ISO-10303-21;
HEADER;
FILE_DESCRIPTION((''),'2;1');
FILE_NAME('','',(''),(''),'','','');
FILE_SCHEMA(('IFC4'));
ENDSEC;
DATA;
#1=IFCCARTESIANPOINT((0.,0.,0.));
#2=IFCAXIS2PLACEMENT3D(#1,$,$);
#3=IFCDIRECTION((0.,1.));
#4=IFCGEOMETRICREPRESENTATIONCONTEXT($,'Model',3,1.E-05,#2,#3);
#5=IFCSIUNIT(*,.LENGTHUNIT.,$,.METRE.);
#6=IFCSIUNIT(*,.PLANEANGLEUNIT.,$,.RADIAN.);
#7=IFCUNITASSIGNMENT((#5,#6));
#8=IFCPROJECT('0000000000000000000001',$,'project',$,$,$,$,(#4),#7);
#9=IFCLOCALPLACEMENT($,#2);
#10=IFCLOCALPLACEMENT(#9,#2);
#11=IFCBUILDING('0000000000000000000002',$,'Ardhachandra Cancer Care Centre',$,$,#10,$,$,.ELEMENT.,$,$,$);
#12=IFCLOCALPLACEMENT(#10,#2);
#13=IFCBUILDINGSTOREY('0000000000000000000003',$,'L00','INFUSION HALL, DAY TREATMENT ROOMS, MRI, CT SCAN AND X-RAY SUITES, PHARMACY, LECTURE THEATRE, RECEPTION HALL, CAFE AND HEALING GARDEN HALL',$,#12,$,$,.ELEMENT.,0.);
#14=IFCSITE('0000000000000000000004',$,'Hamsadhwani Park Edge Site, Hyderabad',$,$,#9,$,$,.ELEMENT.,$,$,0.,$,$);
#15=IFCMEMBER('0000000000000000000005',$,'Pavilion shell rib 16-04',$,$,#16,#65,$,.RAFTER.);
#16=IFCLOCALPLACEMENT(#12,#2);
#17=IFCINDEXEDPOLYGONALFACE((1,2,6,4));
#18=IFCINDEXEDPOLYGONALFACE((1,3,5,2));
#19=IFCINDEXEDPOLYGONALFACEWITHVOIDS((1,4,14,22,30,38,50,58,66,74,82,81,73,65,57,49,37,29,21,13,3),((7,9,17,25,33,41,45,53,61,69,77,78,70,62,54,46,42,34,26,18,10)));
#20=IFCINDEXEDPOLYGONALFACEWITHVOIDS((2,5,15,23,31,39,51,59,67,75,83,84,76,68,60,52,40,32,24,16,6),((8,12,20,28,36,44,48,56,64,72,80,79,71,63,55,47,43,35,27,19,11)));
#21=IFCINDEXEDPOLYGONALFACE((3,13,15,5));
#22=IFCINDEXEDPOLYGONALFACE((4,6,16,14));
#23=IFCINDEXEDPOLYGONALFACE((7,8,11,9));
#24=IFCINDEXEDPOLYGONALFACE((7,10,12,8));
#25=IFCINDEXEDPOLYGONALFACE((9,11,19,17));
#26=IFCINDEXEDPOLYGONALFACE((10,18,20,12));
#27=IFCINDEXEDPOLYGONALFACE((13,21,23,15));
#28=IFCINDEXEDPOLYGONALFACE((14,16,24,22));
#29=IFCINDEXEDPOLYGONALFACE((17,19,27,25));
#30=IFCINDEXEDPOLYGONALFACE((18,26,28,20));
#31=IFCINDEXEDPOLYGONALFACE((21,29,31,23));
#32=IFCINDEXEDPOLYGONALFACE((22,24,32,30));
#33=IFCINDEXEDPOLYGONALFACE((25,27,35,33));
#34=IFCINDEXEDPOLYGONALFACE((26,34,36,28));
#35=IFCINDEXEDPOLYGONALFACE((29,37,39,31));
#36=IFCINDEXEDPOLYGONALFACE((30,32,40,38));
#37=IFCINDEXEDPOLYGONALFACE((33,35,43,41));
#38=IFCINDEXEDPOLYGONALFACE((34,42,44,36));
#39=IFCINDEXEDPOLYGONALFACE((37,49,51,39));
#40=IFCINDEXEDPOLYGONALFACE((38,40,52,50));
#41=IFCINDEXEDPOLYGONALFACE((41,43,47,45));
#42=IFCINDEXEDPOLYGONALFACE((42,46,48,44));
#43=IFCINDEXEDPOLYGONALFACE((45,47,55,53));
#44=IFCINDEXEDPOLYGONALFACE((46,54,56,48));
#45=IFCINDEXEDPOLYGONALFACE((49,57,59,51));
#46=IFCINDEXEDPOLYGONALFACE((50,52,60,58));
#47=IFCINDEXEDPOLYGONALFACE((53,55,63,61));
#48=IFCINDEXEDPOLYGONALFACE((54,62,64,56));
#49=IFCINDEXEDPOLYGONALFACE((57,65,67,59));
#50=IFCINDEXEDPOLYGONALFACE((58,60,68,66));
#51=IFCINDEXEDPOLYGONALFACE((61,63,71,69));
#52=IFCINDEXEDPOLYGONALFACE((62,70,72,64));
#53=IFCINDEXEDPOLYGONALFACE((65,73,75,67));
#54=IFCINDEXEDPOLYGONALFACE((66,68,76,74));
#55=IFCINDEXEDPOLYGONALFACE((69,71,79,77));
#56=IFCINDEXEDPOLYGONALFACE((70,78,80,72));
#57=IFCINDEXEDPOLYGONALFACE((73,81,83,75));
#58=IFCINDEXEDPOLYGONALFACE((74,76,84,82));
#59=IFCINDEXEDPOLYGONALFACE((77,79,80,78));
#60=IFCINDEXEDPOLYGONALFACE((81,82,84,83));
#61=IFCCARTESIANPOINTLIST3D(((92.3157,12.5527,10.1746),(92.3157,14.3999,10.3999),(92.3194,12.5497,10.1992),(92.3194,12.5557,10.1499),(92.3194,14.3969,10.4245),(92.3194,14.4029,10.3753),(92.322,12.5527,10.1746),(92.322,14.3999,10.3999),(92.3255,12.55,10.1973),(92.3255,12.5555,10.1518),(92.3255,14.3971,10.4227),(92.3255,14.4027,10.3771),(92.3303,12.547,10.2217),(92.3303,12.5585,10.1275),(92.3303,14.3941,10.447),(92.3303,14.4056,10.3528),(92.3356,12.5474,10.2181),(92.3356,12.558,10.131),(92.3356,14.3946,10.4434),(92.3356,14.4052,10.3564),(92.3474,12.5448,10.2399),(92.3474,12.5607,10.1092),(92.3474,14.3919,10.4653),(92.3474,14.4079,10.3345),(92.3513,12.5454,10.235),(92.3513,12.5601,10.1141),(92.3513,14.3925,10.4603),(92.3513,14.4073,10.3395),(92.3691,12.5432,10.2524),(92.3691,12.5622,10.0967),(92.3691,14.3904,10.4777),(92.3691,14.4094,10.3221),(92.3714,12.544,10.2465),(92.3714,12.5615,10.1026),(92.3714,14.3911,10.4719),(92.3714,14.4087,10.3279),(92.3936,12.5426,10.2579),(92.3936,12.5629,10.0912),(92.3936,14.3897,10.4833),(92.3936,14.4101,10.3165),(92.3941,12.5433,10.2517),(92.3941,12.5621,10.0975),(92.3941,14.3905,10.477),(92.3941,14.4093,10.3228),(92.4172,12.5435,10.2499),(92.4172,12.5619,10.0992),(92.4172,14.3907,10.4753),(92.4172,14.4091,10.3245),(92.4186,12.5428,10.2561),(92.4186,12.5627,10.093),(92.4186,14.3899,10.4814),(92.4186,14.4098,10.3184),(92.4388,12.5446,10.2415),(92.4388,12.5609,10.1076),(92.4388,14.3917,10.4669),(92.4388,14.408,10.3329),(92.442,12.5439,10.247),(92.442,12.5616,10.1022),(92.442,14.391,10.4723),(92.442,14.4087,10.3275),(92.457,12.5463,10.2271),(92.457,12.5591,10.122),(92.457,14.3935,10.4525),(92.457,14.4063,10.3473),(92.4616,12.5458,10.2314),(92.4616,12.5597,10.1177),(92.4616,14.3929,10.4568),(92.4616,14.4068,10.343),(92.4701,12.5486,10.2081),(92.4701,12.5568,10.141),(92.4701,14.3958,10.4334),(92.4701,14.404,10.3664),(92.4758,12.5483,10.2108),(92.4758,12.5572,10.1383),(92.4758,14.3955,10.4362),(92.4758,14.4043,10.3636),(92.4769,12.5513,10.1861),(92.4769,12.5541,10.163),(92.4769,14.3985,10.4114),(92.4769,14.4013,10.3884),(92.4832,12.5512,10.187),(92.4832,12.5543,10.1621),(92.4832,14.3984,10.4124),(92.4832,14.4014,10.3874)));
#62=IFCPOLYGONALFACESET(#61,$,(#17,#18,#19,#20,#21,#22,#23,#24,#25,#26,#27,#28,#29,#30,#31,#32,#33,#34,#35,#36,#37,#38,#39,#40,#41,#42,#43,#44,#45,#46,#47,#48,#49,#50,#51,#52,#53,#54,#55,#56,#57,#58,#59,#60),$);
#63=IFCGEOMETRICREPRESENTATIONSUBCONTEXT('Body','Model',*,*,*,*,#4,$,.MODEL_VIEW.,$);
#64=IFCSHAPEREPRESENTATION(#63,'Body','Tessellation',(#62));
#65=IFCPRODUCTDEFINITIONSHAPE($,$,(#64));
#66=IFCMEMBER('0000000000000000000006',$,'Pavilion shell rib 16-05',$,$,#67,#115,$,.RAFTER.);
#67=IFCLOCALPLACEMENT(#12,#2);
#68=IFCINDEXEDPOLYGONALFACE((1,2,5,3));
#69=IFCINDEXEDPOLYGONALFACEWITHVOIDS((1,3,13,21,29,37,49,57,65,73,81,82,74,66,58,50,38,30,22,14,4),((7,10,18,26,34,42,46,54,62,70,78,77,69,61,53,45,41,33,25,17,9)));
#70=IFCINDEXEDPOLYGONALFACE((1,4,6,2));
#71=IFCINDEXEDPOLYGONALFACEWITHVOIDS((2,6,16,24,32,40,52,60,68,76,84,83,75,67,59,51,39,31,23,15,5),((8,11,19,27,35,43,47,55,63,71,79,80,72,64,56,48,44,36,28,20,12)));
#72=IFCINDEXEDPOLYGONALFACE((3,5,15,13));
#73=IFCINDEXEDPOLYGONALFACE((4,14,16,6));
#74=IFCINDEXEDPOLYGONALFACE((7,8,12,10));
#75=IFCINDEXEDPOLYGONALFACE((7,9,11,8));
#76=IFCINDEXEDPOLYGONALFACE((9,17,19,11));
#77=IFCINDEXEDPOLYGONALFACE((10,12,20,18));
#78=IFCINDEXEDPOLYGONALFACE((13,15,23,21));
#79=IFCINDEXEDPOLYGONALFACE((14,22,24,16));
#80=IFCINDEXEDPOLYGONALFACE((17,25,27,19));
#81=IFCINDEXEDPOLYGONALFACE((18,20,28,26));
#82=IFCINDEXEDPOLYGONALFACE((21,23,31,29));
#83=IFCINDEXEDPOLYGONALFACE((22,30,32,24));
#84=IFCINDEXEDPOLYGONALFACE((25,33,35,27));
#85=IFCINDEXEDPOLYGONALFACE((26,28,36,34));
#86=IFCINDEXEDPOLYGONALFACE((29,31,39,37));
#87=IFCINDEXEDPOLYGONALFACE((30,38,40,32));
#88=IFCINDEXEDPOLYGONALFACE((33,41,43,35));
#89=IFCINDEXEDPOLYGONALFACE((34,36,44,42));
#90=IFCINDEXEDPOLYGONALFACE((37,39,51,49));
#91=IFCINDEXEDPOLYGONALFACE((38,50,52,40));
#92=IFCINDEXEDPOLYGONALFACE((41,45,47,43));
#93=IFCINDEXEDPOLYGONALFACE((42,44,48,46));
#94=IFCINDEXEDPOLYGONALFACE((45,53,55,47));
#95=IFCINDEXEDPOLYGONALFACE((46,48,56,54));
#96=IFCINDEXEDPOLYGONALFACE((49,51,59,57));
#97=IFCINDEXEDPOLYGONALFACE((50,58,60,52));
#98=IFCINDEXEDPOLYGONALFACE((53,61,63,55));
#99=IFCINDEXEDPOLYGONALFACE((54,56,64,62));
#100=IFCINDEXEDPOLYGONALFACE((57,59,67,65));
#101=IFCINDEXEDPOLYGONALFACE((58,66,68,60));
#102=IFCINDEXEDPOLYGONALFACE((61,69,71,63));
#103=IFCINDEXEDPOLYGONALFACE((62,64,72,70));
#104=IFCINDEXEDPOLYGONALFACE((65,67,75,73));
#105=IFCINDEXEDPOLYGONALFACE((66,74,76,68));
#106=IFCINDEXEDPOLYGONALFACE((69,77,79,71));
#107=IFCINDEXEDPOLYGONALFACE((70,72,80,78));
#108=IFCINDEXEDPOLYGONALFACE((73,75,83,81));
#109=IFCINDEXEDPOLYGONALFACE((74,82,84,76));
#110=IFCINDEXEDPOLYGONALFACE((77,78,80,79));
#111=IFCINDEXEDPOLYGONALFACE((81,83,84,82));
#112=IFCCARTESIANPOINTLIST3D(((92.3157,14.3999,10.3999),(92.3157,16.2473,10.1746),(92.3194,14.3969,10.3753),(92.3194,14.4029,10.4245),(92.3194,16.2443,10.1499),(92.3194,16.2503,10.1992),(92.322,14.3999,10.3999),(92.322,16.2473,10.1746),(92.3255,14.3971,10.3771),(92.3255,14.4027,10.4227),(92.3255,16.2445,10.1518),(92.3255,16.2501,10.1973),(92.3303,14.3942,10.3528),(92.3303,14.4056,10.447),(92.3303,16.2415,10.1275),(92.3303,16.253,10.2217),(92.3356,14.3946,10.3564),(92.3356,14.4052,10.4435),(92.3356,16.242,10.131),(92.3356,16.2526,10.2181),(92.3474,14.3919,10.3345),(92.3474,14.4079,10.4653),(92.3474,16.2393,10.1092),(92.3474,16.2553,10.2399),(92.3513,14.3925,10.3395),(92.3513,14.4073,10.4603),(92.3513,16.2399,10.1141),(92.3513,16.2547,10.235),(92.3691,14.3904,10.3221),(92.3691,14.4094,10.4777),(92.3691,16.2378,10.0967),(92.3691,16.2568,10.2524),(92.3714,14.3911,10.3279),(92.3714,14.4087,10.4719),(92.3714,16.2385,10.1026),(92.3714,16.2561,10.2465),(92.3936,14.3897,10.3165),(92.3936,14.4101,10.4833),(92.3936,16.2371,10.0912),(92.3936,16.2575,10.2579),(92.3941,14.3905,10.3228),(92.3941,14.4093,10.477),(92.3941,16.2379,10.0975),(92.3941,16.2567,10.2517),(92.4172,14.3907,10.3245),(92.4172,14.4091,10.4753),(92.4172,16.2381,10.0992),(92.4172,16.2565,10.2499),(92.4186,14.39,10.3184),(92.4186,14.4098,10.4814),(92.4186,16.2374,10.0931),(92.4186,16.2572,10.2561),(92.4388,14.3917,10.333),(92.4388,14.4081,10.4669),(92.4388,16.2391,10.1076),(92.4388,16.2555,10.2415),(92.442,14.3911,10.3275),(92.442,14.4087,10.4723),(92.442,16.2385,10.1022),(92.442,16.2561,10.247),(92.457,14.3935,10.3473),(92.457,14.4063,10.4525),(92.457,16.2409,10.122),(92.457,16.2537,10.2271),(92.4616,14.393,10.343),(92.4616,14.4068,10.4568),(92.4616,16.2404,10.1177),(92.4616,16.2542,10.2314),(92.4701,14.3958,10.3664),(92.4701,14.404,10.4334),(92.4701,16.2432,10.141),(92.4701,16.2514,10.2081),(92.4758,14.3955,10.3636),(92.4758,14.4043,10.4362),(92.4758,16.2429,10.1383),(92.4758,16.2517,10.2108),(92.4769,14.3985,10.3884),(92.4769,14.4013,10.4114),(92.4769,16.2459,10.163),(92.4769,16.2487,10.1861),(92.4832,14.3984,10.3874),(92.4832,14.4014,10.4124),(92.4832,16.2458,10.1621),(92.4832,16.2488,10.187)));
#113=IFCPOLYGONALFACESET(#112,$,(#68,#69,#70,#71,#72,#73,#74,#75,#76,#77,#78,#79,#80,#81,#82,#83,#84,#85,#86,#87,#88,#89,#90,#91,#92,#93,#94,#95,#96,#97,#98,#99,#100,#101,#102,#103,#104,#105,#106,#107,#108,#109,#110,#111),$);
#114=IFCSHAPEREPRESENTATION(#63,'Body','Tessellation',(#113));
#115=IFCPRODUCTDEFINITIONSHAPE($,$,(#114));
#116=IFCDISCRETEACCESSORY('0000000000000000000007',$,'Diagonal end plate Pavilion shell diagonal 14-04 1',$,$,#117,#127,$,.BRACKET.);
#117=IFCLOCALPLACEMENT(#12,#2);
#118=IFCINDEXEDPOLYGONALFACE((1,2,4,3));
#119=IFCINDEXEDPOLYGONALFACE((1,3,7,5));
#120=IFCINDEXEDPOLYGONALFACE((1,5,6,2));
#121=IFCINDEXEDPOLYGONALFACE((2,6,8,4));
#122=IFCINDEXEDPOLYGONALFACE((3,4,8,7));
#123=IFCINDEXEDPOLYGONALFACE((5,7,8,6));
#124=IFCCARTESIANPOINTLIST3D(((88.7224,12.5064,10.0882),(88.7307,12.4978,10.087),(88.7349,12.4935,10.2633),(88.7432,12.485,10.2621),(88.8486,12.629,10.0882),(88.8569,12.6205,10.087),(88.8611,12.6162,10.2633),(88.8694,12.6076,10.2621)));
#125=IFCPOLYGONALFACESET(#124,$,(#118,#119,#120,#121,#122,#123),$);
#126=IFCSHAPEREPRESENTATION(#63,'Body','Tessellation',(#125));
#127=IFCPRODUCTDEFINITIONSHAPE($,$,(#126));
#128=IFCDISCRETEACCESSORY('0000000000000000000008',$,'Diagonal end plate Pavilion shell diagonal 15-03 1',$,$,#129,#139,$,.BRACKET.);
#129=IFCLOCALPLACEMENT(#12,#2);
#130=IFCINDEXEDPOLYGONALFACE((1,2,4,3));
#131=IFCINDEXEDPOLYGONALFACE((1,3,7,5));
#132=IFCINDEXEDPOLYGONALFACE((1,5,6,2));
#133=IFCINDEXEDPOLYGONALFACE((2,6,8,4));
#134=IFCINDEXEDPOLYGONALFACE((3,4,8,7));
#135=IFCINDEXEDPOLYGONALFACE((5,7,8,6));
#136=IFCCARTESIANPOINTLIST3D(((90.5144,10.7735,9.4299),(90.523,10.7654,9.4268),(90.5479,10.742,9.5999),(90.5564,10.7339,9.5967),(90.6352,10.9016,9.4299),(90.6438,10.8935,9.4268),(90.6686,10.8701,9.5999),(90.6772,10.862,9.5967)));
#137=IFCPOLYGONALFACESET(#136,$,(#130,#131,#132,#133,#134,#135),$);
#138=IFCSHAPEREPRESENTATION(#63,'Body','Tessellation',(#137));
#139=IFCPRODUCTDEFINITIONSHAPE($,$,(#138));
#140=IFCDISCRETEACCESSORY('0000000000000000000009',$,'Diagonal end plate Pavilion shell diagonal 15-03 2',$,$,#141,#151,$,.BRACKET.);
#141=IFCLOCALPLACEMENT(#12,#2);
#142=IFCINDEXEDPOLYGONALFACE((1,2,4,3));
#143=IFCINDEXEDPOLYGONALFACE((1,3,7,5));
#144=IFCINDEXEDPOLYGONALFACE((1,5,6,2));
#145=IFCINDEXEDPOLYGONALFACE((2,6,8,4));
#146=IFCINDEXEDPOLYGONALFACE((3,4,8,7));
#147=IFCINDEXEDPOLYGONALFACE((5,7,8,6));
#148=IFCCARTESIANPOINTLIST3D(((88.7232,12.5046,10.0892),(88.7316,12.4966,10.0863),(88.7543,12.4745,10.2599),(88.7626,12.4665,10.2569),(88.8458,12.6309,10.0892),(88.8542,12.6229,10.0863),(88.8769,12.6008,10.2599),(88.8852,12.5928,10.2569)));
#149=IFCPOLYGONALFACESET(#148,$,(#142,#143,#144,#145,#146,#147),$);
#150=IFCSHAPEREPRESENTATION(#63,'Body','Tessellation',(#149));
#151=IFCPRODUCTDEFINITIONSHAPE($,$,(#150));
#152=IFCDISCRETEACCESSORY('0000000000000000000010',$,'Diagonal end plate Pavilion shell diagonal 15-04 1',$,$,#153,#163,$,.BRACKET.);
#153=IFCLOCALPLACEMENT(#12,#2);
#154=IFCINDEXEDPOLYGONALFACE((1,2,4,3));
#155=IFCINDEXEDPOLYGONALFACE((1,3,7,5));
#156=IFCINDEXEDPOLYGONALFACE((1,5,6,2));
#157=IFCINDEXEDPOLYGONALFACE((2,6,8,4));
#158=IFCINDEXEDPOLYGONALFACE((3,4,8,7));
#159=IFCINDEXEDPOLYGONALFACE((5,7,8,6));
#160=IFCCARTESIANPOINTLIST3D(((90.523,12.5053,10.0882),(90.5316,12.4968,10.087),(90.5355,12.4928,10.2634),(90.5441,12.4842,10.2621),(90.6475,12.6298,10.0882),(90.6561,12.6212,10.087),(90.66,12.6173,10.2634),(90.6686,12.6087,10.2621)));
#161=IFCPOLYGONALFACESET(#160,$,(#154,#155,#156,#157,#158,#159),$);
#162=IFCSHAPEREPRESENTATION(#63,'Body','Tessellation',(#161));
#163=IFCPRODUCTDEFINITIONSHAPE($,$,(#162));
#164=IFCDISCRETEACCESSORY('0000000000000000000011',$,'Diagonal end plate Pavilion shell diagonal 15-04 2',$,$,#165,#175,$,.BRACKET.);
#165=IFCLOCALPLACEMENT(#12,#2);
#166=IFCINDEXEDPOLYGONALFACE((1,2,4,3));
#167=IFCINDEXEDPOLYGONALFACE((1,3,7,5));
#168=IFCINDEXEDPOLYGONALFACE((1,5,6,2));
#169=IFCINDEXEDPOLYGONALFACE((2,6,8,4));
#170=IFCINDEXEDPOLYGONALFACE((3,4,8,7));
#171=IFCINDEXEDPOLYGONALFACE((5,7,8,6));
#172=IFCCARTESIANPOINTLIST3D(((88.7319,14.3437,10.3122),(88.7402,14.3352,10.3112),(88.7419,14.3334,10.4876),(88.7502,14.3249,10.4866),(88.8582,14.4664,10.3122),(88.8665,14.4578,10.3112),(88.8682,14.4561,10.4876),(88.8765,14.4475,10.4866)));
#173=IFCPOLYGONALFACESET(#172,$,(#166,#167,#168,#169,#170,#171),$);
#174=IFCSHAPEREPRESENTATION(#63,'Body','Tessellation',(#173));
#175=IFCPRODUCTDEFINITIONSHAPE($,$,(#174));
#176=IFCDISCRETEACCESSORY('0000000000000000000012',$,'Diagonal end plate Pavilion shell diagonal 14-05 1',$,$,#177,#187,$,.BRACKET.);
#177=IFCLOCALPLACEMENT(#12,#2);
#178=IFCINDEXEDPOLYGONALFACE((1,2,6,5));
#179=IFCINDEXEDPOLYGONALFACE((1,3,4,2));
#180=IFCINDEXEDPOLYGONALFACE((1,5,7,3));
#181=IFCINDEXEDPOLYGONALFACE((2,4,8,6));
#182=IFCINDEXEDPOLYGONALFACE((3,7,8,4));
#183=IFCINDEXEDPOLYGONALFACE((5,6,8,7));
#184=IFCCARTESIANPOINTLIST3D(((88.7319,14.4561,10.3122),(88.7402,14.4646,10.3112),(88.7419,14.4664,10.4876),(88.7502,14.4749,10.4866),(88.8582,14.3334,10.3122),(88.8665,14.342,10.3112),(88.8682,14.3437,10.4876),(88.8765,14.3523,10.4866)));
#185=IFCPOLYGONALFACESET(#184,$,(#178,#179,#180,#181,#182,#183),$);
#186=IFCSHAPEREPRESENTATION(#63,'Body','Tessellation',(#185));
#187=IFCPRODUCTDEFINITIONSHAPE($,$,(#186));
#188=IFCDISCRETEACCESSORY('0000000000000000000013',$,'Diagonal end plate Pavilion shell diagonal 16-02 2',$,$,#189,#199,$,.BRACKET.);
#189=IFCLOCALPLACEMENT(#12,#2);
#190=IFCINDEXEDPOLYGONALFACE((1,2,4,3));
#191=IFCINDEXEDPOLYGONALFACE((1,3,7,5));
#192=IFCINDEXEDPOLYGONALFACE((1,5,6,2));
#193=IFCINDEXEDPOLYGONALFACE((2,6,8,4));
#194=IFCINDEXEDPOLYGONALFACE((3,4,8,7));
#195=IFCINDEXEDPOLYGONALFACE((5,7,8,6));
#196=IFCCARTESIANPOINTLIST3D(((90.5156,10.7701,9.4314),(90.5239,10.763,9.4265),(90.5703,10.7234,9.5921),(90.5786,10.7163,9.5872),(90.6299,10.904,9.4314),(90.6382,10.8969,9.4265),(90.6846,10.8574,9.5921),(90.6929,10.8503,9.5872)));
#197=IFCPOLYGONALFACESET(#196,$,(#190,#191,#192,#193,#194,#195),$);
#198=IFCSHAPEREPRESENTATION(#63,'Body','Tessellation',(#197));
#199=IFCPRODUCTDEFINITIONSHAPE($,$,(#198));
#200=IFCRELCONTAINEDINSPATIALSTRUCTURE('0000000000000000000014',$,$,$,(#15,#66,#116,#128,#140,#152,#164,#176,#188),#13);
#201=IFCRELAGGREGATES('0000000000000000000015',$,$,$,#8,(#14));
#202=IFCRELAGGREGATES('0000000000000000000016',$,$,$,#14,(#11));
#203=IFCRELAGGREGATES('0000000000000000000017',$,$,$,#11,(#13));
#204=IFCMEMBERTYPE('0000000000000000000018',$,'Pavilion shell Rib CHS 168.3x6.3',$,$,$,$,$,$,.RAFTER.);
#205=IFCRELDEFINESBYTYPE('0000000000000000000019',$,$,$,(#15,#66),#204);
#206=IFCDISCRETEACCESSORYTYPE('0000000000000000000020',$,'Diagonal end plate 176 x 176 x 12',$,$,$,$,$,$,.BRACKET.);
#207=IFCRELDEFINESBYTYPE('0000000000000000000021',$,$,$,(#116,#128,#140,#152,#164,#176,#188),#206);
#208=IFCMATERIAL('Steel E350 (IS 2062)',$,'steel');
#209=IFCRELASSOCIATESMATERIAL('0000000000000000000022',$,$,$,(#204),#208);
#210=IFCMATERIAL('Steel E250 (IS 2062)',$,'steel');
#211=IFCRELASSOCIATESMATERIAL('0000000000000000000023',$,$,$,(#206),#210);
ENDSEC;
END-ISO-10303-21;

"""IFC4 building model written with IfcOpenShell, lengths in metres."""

from ifc_helpers import new_model, si_unit, direction, frame, origin, origin_2d, place, context, subcontext, project, spatial, rectangle, hollow_circle, extrude, material, material_profile, profile_set, type_object, element, save


model = new_model("IFC4")

# Units and contexts
model_context = context("Model", 3, precision=1e-05, world=origin(), true_north=direction((0.0, 1.0)))
body_context = subcontext(model_context, "Body", "Model", "MODEL_VIEW")
ifc_project = project(units=[si_unit("LENGTHUNIT", "METRE"), si_unit("PLANEANGLEUNIT", "RADIAN")], contexts=[model_context])

# Site, building, storey
site_placement = place(None, origin())
site = spatial("IfcSite", under=ifc_project, at=site_placement, Name="Hamsadhwani Park Edge Site, Hyderabad", CompositionType="ELEMENT", RefElevation=0.0)
building_placement = place(site_placement, origin())
building = spatial("IfcBuilding", under=site, at=building_placement, Name="Ardhachandra Cancer Care Centre", CompositionType="ELEMENT")
storey_placement = place(building_placement, origin())
storey = spatial("IfcBuildingStorey", under=building, at=storey_placement, Name="L00", Description="INFUSION HALL, DAY TREATMENT ROOMS, MRI, CT SCAN AND X-RAY SUITES, PHARMACY, LECTURE THEATRE, RECEPTION HALL, CAFE AND HEALING GARDEN HALL", CompositionType="ELEMENT", Elevation=0.0)

# Members
ifc_material_1 = material(Name="Steel E350 (IS 2062)", Category="steel")
ifc_material_profile_1 = material_profile(ifc_material_1, hollow_circle(Radius=0.0842, WallThickness=0.0063, at=origin_2d()), Name="CHS 168.3x6.3")
ifc_profile_set_1 = profile_set([ifc_material_profile_1], Name="Steel E350 (IS 2062)")
member_type_1 = type_object("IfcMemberType", Name="Pavilion shell Rib CHS 168.3x6.3", PredefinedType="RAFTER", material=ifc_profile_set_1)
member_1_placement = place(storey_placement, frame((92.3999, 12.5527, 10.1746), z_axis=(0.0, 0.992641, 0.121095), x_axis=(-1.0, 0.0, 0.0)))
element("IfcMember", 1, at=member_1_placement, inside=storey, type_object=member_type_1, Name="Pavilion shell rib 16-04", PredefinedType="RAFTER", context=body_context, shape_type="SweptSolid", body=[
    extrude(hollow_circle(Radius=0.0842, WallThickness=0.0063, at=origin_2d()), origin(), (0.0, 0.0, 1.0), 1.8608),
])
member_2_placement = place(storey_placement, frame((92.3999, 14.3999, 10.3999), z_axis=(0.0, 0.992643, -0.12108), x_axis=(-1.0, 0.0, 0.0)))
element("IfcMember", 2, at=member_2_placement, inside=storey, type_object=member_type_1, Name="Pavilion shell rib 16-05", PredefinedType="RAFTER", context=body_context, shape_type="SweptSolid", body=[
    extrude(hollow_circle(Radius=0.0842, WallThickness=0.0063, at=origin_2d()), origin(), (0.0, 0.0, 1.0), 1.8611),
])

# Discrete accessories
ifc_material_2 = material(Name="Steel E250 (IS 2062)", Category="steel")
ifc_material_profile_2 = material_profile(ifc_material_2, rectangle(XDim=0.176, YDim=0.176, at=origin_2d()), Name="PL 176x176x12")
ifc_profile_set_2 = profile_set([ifc_material_profile_2], Name="Steel E250 (IS 2062)")
discrete_accessory_type = type_object("IfcDiscreteAccessoryType", Name="Diagonal end plate 176 x 176 x 12", PredefinedType="BRACKET", material=ifc_profile_set_2)
discrete_accessory_1_placement = place(storey_placement, frame((88.8, 12.5527, 10.1746), z_axis=(-0.693156, 0.713543, 0.101935), x_axis=(-0.717279, -0.696786, 0.0)))
element("IfcDiscreteAccessory", 3, at=discrete_accessory_1_placement, inside=storey, type_object=discrete_accessory_type, Name="Diagonal end plate Pavilion shell diagonal 14-04 1", PredefinedType="BRACKET", context=body_context, shape_type="SweptSolid", body=[
    extrude(rectangle(XDim=0.176, YDim=0.176, at=origin_2d()), origin(), (0.0, 0.0, 1.0), 0.012),
])
discrete_accessory_2_placement = place(storey_placement, frame((90.6001, 10.8137, 9.5117), z_axis=(-0.702392, 0.662256, 0.260889), x_axis=(-0.686013, -0.727589, 0.0)))
element("IfcDiscreteAccessory", 4, at=discrete_accessory_2_placement, inside=storey, type_object=discrete_accessory_type, Name="Diagonal end plate Pavilion shell diagonal 15-03 1", PredefinedType="BRACKET", context=body_context, shape_type="SweptSolid", body=[
    extrude(rectangle(XDim=0.176, YDim=0.176, at=origin_2d()), origin(), (0.0, 0.0, 1.0), 0.0122),
])
discrete_accessory_3_placement = place(storey_placement, frame((88.8, 12.5527, 10.1746), z_axis=(0.695618, -0.675159, -0.245512), x_axis=(0.696475, 0.717581, 0.0)))
element("IfcDiscreteAccessory", 5, at=discrete_accessory_3_placement, inside=storey, type_object=discrete_accessory_type, Name="Diagonal end plate Pavilion shell diagonal 15-03 2", PredefinedType="BRACKET", context=body_context, shape_type="SweptSolid", body=[
    extrude(rectangle(XDim=0.176, YDim=0.176, at=origin_2d()), origin(), (0.0, 0.0, 1.0), 0.012),
])
discrete_accessory_4_placement = place(storey_placement, frame((90.6001, 12.5527, 10.1746), z_axis=(-0.703526, 0.703526, 0.100504), x_axis=(-0.707107, -0.707107, 0.0)))
element("IfcDiscreteAccessory", 6, at=discrete_accessory_4_placement, inside=storey, type_object=discrete_accessory_type, Name="Diagonal end plate Pavilion shell diagonal 15-04 1", PredefinedType="BRACKET", context=body_context, shape_type="SweptSolid", body=[
    extrude(rectangle(XDim=0.176, YDim=0.176, at=origin_2d()), origin(), (0.0, 0.0, 1.0), 0.0122),
])
for number, where, z_axis, x_axis, name in (
    (7, (88.8, 14.3999, 10.3999), (0.694456, -0.714881, -0.081701), (0.717279, 0.696786, 0.0), "Diagonal end plate Pavilion shell diagonal 15-04 2"),
    (8, (88.8, 14.3999, 10.3999), (0.694456, 0.714881, -0.081701), (-0.717279, 0.696786, 0.0), "Diagonal end plate Pavilion shell diagonal 14-05 1"),
    (9, (90.6001, 10.8137, 9.5117), (0.694456, -0.59233, -0.408504), (0.648947, 0.760834, 0.0), "Diagonal end plate Pavilion shell diagonal 16-02 2"),
):
    element("IfcDiscreteAccessory", number, at=place(storey_placement, frame(where, z_axis=z_axis, x_axis=x_axis)), inside=storey, type_object=discrete_accessory_type, Name=name, PredefinedType="BRACKET", context=body_context, shape_type="SweptSolid", body=[
        extrude(rectangle(XDim=0.176, YDim=0.176, at=origin_2d()), origin(), (0.0, 0.0, 1.0), 0.012),
    ])

save(model, "model.ifc")
